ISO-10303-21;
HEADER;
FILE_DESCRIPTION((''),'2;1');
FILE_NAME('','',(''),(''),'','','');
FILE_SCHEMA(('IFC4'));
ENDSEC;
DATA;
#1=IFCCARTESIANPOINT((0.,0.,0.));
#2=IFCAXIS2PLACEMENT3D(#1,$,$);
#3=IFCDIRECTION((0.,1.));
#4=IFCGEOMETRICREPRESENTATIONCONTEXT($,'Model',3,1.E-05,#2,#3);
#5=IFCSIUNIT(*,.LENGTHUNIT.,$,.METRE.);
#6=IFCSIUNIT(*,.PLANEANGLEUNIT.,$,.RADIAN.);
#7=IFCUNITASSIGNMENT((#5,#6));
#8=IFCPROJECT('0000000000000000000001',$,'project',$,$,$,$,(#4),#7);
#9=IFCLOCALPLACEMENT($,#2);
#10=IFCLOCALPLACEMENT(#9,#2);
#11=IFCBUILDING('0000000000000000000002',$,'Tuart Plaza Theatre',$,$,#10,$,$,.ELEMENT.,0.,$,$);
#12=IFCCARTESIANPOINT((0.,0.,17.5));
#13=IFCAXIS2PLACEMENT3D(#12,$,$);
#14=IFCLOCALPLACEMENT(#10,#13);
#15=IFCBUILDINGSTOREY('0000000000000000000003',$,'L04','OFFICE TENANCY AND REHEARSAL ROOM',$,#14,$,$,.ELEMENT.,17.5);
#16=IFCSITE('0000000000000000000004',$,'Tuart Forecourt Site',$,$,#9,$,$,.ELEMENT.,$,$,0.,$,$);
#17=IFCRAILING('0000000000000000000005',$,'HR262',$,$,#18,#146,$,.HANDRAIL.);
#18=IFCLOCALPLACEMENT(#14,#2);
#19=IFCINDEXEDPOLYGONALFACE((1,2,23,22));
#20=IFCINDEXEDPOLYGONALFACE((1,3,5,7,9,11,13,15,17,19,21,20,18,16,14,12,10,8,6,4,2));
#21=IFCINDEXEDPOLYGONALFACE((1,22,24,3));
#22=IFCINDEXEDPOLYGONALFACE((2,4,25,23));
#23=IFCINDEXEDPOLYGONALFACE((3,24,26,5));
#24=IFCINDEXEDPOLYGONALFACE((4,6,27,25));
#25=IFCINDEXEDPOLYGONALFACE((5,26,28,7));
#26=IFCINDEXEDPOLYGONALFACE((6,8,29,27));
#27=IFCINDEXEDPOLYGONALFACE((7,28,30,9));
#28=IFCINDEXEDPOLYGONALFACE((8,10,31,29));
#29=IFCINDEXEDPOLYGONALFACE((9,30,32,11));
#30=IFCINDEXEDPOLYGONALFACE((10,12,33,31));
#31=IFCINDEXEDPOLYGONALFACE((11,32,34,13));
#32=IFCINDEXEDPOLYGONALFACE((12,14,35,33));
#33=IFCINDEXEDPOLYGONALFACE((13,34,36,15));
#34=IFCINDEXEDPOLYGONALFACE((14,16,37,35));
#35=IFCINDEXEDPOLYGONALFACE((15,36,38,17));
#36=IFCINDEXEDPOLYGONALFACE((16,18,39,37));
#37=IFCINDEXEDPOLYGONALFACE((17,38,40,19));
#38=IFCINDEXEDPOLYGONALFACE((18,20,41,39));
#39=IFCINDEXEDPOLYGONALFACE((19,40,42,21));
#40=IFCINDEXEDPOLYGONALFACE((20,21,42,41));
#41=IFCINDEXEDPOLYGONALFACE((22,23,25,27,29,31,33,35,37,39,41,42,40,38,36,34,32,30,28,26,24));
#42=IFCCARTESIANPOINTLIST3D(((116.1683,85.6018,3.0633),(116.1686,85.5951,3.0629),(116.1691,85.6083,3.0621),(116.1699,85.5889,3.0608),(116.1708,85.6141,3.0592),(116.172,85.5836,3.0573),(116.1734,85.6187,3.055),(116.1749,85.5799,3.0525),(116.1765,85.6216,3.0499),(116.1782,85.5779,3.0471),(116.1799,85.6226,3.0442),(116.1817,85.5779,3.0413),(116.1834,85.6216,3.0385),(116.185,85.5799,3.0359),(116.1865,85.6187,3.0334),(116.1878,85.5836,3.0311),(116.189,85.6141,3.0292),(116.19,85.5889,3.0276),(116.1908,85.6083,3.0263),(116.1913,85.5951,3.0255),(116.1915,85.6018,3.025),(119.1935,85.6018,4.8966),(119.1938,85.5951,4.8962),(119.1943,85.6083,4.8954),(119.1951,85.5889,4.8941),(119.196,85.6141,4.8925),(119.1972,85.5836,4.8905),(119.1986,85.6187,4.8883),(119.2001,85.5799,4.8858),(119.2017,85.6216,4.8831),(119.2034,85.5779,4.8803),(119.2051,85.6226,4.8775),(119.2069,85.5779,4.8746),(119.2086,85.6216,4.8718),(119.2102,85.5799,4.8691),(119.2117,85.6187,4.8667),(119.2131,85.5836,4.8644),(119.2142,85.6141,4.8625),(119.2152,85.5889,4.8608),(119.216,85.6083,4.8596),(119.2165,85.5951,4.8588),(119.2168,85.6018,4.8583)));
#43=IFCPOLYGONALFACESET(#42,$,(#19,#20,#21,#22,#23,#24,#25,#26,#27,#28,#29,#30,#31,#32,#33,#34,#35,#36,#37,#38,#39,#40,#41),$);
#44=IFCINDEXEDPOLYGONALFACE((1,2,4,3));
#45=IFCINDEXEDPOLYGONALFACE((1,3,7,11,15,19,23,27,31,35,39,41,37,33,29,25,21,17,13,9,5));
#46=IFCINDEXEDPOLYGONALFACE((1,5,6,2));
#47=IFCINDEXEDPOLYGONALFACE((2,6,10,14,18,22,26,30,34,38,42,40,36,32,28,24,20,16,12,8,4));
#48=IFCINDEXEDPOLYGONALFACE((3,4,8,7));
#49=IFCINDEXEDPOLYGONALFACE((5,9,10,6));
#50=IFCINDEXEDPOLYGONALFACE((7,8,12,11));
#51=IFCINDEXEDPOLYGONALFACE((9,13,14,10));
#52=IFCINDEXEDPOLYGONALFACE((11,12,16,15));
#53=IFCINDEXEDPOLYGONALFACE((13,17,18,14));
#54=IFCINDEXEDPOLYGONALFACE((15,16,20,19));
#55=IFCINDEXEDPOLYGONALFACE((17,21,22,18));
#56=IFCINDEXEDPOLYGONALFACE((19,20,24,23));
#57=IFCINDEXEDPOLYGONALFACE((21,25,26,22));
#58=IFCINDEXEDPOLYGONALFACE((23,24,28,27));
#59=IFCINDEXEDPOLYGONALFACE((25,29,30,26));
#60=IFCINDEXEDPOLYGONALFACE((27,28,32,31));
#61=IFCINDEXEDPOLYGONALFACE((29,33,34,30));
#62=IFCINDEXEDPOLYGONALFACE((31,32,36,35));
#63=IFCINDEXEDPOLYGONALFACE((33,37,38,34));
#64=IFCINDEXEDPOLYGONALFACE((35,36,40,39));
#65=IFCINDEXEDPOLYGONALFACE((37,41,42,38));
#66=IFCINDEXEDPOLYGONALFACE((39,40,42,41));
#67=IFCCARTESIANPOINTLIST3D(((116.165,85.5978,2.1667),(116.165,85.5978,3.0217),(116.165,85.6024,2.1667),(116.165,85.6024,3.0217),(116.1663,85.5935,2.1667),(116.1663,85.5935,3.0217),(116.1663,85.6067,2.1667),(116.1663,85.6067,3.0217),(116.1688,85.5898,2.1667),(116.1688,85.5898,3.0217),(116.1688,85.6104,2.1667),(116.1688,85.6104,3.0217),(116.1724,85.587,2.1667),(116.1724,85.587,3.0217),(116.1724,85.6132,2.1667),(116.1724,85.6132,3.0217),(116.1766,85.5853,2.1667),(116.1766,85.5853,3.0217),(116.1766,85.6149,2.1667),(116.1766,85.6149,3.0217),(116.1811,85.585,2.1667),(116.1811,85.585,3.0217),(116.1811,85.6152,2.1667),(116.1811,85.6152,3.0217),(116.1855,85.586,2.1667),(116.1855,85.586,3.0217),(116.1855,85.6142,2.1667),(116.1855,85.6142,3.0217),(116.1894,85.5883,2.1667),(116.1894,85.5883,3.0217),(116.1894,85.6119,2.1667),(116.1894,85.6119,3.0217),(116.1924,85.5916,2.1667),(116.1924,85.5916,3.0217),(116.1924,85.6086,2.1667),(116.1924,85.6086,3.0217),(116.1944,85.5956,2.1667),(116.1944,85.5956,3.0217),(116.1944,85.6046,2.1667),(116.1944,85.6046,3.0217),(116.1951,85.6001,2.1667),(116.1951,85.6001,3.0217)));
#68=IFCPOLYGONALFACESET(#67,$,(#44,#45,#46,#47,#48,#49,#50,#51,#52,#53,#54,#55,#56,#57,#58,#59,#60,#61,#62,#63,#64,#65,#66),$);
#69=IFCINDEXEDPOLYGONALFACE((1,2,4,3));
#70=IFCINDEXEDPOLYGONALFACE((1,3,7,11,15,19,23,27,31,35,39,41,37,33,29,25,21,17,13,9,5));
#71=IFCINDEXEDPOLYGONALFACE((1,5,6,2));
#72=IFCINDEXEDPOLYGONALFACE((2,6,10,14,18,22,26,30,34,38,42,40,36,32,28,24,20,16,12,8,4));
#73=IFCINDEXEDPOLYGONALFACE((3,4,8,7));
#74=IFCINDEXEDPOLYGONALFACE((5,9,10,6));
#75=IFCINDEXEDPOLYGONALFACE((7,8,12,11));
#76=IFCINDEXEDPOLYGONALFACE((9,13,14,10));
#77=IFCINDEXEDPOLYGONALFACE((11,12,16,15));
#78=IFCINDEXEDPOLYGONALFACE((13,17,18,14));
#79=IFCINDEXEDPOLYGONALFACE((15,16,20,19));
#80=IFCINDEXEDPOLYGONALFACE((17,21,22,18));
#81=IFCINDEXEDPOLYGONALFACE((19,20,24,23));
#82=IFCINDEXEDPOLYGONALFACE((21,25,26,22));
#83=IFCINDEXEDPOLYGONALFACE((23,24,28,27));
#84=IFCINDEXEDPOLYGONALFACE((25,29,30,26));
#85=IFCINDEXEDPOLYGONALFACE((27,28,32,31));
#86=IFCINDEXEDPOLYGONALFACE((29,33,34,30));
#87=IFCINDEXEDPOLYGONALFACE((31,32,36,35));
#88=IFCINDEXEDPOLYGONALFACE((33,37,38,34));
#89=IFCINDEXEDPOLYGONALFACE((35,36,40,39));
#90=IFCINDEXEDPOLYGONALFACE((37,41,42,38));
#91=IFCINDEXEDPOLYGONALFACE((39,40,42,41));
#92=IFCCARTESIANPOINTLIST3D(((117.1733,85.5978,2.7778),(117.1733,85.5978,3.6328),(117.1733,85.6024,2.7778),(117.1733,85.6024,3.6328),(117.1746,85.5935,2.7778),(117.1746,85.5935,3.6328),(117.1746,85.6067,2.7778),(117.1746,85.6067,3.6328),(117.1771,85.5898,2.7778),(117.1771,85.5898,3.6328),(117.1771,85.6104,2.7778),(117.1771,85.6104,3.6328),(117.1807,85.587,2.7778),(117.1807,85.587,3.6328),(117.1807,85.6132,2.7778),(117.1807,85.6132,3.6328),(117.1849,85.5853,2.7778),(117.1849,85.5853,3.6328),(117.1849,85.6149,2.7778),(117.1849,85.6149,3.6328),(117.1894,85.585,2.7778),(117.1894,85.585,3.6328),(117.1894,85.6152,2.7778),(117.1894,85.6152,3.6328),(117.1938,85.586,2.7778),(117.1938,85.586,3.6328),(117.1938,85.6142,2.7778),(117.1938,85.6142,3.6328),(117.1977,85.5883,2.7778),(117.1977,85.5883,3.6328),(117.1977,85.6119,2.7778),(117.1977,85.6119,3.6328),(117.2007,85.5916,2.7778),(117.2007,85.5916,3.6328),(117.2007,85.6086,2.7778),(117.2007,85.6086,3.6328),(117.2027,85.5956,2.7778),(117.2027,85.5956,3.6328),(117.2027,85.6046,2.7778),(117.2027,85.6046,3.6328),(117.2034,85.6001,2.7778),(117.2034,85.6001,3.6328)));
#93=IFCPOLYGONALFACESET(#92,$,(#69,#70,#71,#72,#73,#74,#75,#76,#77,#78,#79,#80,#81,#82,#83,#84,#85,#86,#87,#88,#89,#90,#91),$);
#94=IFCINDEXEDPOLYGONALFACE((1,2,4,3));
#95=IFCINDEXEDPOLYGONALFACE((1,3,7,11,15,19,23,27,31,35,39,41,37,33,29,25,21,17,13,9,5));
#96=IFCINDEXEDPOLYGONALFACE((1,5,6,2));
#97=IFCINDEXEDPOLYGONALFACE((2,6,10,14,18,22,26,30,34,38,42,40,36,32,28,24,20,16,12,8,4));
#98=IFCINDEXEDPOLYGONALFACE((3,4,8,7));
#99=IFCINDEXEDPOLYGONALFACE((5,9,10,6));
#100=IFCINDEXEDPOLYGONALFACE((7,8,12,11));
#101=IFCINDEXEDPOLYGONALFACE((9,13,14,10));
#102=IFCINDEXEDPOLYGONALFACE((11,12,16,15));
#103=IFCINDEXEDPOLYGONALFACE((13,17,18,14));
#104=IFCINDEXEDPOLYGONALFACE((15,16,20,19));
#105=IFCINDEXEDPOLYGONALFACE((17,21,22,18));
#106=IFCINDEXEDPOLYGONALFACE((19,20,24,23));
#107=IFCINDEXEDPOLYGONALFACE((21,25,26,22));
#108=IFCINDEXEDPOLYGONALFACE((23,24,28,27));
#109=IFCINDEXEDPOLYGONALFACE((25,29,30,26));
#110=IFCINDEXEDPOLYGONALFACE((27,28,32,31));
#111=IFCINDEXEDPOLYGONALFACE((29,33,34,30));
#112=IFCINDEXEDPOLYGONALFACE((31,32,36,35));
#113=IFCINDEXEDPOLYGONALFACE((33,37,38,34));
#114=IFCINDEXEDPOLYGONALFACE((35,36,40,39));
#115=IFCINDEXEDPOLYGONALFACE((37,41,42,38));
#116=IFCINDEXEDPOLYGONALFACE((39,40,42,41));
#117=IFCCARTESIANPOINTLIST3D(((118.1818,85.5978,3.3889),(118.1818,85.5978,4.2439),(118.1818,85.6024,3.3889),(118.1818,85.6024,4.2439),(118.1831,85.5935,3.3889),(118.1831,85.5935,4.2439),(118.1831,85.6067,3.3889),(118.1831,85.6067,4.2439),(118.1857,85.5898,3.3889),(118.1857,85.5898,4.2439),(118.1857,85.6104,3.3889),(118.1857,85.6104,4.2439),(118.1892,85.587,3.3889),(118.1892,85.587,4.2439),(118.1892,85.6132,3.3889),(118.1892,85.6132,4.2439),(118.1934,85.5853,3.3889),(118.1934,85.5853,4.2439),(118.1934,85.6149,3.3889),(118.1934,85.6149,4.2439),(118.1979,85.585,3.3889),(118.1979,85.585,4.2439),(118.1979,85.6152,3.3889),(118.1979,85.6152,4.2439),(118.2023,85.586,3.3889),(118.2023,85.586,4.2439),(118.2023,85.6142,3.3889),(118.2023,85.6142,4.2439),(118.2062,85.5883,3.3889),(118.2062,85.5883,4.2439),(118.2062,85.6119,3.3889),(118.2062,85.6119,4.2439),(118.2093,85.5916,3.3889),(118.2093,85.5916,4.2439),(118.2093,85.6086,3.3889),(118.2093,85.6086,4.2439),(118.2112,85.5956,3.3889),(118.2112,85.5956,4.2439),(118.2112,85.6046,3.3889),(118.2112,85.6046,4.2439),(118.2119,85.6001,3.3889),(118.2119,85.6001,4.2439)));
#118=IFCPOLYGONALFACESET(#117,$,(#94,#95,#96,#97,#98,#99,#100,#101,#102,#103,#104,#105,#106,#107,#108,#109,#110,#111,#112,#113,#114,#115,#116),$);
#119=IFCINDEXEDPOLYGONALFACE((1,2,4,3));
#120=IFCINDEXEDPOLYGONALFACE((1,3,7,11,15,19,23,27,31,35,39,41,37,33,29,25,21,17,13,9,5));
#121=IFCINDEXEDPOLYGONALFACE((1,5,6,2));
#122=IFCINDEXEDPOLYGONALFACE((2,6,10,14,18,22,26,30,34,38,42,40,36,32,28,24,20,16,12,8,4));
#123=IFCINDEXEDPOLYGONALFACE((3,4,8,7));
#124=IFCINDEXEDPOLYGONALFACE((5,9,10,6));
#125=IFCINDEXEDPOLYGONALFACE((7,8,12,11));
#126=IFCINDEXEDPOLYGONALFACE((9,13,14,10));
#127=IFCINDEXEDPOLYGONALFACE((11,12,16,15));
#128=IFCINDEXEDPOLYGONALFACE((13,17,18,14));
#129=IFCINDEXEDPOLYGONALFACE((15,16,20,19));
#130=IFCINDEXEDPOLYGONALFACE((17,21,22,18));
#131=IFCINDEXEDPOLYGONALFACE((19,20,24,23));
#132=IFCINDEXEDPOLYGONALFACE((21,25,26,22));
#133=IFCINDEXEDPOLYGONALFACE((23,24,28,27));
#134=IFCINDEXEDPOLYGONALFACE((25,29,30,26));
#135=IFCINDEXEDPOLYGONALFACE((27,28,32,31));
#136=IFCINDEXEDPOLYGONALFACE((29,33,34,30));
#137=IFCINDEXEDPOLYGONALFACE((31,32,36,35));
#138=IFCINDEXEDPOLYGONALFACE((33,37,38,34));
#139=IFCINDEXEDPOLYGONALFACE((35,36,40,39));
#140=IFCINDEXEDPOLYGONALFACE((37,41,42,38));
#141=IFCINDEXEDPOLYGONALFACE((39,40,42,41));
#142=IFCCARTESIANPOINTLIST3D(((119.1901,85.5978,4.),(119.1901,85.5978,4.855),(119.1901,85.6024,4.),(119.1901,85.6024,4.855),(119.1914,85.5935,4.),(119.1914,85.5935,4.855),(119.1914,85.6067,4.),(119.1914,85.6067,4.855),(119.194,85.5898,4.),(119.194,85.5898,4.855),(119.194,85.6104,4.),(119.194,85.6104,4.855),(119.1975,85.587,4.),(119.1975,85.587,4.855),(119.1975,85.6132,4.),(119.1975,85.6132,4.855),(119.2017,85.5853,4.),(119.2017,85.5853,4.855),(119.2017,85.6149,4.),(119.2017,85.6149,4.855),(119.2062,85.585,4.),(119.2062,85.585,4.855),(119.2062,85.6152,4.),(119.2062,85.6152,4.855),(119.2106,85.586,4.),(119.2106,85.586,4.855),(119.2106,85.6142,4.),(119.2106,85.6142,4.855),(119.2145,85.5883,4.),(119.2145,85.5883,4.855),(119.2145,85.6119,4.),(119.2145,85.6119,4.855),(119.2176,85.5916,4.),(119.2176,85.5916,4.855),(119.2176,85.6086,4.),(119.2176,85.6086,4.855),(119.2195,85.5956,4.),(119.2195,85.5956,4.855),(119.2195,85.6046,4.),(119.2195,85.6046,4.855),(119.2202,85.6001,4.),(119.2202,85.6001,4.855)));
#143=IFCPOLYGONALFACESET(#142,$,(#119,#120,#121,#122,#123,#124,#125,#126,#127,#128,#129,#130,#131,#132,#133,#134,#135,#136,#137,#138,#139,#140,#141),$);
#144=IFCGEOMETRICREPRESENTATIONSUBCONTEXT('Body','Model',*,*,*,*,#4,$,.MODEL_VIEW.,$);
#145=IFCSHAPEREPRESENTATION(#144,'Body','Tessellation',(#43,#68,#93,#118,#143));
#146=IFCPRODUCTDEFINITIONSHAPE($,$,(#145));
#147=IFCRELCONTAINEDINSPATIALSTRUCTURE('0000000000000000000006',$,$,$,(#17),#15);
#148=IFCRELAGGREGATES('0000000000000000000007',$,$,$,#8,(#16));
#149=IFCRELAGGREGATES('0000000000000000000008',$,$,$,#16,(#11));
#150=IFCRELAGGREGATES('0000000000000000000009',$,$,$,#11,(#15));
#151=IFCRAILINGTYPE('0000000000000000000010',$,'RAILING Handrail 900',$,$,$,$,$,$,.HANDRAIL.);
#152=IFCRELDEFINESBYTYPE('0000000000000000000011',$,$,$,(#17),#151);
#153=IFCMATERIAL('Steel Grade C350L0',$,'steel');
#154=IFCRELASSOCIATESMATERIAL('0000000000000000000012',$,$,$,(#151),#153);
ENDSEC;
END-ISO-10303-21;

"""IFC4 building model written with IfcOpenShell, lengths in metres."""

from ifc_helpers import new_model, si_unit, direction, frame, origin, origin_2d, place, context, subcontext, project, spatial, circle, extrude, material, type_object, element, save


model = new_model("IFC4")

# Units and contexts
model_context = context("Model", 3, precision=1e-05, world=origin(), true_north=direction((0.0, 1.0)))
body_context = subcontext(model_context, "Body", "Model", "MODEL_VIEW")
ifc_project = project(units=[si_unit("LENGTHUNIT", "METRE"), si_unit("PLANEANGLEUNIT", "RADIAN")], contexts=[model_context])

# Site, building, storey
site_placement = place(None, origin())
site = spatial("IfcSite", under=ifc_project, at=site_placement, Name="Tuart Forecourt Site", CompositionType="ELEMENT", RefElevation=0.0)
building_placement = place(site_placement, origin())
building = spatial("IfcBuilding", under=site, at=building_placement, Name="Tuart Plaza Theatre", CompositionType="ELEMENT", ElevationOfRefHeight=0.0)
storey_placement = place(building_placement, frame((0.0, 0.0, 17.5)))
storey = spatial("IfcBuildingStorey", under=building, at=storey_placement, Name="L04", Description="OFFICE TENANCY AND REHEARSAL ROOM", CompositionType="ELEMENT", Elevation=17.5)

# Railing
ifc_material_1 = material(Name="Steel Grade C350L0", Category="steel")
railing_type_1 = type_object("IfcRailingType", Name="RAILING Handrail 900", PredefinedType="HANDRAIL", material=ifc_material_1)
for number, where, name in (
    (1, (116.1799, 85.6001, 2.1667), "HR262"),
):
    element("IfcRailing", number, at=place(storey_placement, frame(where)), inside=storey, type_object=railing_type_1, Name=name, PredefinedType="HANDRAIL", context=body_context, shape_type="SweptSolid", body=[
        extrude(circle(Radius=0.0225, at=origin_2d()), frame((0.0, 0.0, 0.8774), z_axis=(0.855219, 0.0, 0.518267), x_axis=(0.0, 1.0, 0.0)), (0.0, 0.0, 1.0), 3.5374),
        extrude(circle(Radius=0.0151, at=origin_2d()), origin(), (0.0, 0.0, 1.0), 0.855),
        extrude(circle(Radius=0.0151, at=origin_2d()), frame((1.0083, 0.0, 0.6111)), (0.0, 0.0, 1.0), 0.855),
        extrude(circle(Radius=0.0151, at=origin_2d()), frame((2.0168, 0.0, 1.2222)), (0.0, 0.0, 1.0), 0.855),
        extrude(circle(Radius=0.0151, at=origin_2d()), frame((3.0251, 0.0, 1.8333)), (0.0, 0.0, 1.0), 0.855),
    ])

save(model, "model.ifc")
